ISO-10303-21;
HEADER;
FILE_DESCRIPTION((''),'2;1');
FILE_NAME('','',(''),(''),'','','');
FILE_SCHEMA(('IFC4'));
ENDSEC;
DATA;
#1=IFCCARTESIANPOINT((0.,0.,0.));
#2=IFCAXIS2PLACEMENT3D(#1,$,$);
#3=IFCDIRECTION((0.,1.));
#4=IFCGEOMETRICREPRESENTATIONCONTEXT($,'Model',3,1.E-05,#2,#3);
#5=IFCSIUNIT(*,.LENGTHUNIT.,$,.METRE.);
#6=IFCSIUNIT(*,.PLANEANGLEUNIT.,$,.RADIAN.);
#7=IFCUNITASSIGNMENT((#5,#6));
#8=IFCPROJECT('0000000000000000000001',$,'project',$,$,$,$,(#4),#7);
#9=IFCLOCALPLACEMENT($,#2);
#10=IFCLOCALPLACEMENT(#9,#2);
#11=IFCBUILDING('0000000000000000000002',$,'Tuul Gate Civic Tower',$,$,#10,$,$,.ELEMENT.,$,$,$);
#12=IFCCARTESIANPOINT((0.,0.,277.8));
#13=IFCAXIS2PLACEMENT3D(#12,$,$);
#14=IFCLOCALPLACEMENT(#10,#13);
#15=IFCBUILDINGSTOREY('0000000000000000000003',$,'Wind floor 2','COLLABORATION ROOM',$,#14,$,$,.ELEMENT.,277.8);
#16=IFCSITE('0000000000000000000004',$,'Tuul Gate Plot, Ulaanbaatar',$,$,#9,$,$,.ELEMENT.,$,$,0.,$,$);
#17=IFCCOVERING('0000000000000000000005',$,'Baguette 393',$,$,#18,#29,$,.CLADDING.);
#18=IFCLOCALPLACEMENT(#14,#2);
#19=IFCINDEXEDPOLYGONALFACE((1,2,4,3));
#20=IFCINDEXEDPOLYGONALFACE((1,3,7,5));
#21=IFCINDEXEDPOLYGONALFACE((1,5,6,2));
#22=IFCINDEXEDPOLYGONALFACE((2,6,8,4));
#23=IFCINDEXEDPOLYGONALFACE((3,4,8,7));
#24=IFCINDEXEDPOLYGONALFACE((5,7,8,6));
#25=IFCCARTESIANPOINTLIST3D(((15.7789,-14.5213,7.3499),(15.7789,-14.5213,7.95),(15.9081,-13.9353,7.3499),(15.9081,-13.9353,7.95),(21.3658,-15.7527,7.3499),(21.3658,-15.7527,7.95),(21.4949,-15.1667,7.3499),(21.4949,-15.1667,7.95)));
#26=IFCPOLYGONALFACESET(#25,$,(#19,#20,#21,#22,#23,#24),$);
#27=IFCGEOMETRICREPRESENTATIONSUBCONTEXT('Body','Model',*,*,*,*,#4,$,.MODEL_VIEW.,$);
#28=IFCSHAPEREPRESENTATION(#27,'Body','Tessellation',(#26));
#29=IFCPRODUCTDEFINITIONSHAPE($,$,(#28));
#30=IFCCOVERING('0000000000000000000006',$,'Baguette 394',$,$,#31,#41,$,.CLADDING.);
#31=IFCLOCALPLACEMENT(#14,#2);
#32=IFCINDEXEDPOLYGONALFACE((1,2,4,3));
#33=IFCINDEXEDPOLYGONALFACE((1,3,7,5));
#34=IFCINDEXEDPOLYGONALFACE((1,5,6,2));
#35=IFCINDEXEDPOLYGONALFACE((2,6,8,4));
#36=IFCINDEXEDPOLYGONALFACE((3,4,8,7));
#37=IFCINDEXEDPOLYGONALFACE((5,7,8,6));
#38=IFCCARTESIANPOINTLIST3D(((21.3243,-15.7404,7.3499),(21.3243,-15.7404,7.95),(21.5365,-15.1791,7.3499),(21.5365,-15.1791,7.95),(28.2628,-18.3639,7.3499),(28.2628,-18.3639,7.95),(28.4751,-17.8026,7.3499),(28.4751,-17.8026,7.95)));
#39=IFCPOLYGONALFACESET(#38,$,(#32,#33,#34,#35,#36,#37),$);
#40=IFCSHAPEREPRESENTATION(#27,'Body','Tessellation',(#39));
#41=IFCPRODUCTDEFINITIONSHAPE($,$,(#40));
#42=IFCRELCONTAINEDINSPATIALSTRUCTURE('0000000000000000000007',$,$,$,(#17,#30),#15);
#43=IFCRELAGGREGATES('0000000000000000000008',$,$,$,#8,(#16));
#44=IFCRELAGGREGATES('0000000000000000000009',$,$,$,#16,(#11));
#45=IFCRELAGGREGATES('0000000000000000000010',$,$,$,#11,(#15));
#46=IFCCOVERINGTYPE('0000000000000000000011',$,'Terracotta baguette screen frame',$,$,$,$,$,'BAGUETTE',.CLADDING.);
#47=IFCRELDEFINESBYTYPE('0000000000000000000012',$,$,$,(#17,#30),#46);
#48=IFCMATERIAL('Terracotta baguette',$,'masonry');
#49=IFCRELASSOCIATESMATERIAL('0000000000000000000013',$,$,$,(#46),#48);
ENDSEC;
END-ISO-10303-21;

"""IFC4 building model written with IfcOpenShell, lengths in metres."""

from ifc_helpers import new_model, si_unit, direction, frame, origin, origin_2d, place, context, subcontext, project, spatial, rectangle, extrude, material, material_profile, profile_set, type_object, element, save


model = new_model("IFC4")

# Units and contexts
model_context = context("Model", 3, precision=1e-05, world=origin(), true_north=direction((0.0, 1.0)))
body_context = subcontext(model_context, "Body", "Model", "MODEL_VIEW")
ifc_project = project(units=[si_unit("LENGTHUNIT", "METRE"), si_unit("PLANEANGLEUNIT", "RADIAN")], contexts=[model_context])

# Site, building, storey
site_placement = place(None, origin())
site = spatial("IfcSite", under=ifc_project, at=site_placement, Name="Tuul Gate Plot, Ulaanbaatar", CompositionType="ELEMENT", RefElevation=0.0)
building_placement = place(site_placement, origin())
building = spatial("IfcBuilding", under=site, at=building_placement, Name="Tuul Gate Civic Tower", CompositionType="ELEMENT")
storey_placement = place(building_placement, frame((0.0, 0.0, 277.8)))
storey = spatial("IfcBuildingStorey", under=building, at=storey_placement, Name="Wind floor 2", Description="COLLABORATION ROOM", CompositionType="ELEMENT", Elevation=277.8)

# Coverings
ifc_material_1 = material(Name="Terracotta baguette", Category="masonry")
ifc_material_profile_1 = material_profile(ifc_material_1, rectangle(XDim=0.6001, YDim=0.6001, at=origin_2d()), Name="Terracotta baguette screen frame")
ifc_profile_set_1 = profile_set([ifc_material_profile_1], Name="Terracotta baguette")
covering_type = type_object("IfcCoveringType", Name="Terracotta baguette screen frame", ElementType="BAGUETTE", PredefinedType="CLADDING", material=ifc_profile_set_1)
covering_1_placement = place(storey_placement, frame((15.8435, -14.2283, 7.6499), z_axis=(0.976559, -0.215249, 0.0), x_axis=(0.215249, 0.976559, 0.0)))
element("IfcCovering", 1, at=covering_1_placement, inside=storey, type_object=covering_type, Name="Baguette 393", PredefinedType="CLADDING", context=body_context, shape_type="SweptSolid", body=[
    extrude(rectangle(XDim=0.6001, YDim=0.6001, at=origin_2d()), origin(), (0.0, 0.0, 1.0), 5.7209),
])
covering_2_placement = place(storey_placement, frame((21.4304, -15.4597, 7.6499), z_axis=(0.935368, -0.353676, 0.0), x_axis=(0.353676, 0.935368, 0.0)))
element("IfcCovering", 2, at=covering_2_placement, inside=storey, type_object=covering_type, Name="Baguette 394", PredefinedType="CLADDING", context=body_context, shape_type="SweptSolid", body=[
    extrude(rectangle(XDim=0.6001, YDim=0.6001, at=origin_2d()), origin(), (0.0, 0.0, 1.0), 7.418),
])

save(model, "model.ifc")
